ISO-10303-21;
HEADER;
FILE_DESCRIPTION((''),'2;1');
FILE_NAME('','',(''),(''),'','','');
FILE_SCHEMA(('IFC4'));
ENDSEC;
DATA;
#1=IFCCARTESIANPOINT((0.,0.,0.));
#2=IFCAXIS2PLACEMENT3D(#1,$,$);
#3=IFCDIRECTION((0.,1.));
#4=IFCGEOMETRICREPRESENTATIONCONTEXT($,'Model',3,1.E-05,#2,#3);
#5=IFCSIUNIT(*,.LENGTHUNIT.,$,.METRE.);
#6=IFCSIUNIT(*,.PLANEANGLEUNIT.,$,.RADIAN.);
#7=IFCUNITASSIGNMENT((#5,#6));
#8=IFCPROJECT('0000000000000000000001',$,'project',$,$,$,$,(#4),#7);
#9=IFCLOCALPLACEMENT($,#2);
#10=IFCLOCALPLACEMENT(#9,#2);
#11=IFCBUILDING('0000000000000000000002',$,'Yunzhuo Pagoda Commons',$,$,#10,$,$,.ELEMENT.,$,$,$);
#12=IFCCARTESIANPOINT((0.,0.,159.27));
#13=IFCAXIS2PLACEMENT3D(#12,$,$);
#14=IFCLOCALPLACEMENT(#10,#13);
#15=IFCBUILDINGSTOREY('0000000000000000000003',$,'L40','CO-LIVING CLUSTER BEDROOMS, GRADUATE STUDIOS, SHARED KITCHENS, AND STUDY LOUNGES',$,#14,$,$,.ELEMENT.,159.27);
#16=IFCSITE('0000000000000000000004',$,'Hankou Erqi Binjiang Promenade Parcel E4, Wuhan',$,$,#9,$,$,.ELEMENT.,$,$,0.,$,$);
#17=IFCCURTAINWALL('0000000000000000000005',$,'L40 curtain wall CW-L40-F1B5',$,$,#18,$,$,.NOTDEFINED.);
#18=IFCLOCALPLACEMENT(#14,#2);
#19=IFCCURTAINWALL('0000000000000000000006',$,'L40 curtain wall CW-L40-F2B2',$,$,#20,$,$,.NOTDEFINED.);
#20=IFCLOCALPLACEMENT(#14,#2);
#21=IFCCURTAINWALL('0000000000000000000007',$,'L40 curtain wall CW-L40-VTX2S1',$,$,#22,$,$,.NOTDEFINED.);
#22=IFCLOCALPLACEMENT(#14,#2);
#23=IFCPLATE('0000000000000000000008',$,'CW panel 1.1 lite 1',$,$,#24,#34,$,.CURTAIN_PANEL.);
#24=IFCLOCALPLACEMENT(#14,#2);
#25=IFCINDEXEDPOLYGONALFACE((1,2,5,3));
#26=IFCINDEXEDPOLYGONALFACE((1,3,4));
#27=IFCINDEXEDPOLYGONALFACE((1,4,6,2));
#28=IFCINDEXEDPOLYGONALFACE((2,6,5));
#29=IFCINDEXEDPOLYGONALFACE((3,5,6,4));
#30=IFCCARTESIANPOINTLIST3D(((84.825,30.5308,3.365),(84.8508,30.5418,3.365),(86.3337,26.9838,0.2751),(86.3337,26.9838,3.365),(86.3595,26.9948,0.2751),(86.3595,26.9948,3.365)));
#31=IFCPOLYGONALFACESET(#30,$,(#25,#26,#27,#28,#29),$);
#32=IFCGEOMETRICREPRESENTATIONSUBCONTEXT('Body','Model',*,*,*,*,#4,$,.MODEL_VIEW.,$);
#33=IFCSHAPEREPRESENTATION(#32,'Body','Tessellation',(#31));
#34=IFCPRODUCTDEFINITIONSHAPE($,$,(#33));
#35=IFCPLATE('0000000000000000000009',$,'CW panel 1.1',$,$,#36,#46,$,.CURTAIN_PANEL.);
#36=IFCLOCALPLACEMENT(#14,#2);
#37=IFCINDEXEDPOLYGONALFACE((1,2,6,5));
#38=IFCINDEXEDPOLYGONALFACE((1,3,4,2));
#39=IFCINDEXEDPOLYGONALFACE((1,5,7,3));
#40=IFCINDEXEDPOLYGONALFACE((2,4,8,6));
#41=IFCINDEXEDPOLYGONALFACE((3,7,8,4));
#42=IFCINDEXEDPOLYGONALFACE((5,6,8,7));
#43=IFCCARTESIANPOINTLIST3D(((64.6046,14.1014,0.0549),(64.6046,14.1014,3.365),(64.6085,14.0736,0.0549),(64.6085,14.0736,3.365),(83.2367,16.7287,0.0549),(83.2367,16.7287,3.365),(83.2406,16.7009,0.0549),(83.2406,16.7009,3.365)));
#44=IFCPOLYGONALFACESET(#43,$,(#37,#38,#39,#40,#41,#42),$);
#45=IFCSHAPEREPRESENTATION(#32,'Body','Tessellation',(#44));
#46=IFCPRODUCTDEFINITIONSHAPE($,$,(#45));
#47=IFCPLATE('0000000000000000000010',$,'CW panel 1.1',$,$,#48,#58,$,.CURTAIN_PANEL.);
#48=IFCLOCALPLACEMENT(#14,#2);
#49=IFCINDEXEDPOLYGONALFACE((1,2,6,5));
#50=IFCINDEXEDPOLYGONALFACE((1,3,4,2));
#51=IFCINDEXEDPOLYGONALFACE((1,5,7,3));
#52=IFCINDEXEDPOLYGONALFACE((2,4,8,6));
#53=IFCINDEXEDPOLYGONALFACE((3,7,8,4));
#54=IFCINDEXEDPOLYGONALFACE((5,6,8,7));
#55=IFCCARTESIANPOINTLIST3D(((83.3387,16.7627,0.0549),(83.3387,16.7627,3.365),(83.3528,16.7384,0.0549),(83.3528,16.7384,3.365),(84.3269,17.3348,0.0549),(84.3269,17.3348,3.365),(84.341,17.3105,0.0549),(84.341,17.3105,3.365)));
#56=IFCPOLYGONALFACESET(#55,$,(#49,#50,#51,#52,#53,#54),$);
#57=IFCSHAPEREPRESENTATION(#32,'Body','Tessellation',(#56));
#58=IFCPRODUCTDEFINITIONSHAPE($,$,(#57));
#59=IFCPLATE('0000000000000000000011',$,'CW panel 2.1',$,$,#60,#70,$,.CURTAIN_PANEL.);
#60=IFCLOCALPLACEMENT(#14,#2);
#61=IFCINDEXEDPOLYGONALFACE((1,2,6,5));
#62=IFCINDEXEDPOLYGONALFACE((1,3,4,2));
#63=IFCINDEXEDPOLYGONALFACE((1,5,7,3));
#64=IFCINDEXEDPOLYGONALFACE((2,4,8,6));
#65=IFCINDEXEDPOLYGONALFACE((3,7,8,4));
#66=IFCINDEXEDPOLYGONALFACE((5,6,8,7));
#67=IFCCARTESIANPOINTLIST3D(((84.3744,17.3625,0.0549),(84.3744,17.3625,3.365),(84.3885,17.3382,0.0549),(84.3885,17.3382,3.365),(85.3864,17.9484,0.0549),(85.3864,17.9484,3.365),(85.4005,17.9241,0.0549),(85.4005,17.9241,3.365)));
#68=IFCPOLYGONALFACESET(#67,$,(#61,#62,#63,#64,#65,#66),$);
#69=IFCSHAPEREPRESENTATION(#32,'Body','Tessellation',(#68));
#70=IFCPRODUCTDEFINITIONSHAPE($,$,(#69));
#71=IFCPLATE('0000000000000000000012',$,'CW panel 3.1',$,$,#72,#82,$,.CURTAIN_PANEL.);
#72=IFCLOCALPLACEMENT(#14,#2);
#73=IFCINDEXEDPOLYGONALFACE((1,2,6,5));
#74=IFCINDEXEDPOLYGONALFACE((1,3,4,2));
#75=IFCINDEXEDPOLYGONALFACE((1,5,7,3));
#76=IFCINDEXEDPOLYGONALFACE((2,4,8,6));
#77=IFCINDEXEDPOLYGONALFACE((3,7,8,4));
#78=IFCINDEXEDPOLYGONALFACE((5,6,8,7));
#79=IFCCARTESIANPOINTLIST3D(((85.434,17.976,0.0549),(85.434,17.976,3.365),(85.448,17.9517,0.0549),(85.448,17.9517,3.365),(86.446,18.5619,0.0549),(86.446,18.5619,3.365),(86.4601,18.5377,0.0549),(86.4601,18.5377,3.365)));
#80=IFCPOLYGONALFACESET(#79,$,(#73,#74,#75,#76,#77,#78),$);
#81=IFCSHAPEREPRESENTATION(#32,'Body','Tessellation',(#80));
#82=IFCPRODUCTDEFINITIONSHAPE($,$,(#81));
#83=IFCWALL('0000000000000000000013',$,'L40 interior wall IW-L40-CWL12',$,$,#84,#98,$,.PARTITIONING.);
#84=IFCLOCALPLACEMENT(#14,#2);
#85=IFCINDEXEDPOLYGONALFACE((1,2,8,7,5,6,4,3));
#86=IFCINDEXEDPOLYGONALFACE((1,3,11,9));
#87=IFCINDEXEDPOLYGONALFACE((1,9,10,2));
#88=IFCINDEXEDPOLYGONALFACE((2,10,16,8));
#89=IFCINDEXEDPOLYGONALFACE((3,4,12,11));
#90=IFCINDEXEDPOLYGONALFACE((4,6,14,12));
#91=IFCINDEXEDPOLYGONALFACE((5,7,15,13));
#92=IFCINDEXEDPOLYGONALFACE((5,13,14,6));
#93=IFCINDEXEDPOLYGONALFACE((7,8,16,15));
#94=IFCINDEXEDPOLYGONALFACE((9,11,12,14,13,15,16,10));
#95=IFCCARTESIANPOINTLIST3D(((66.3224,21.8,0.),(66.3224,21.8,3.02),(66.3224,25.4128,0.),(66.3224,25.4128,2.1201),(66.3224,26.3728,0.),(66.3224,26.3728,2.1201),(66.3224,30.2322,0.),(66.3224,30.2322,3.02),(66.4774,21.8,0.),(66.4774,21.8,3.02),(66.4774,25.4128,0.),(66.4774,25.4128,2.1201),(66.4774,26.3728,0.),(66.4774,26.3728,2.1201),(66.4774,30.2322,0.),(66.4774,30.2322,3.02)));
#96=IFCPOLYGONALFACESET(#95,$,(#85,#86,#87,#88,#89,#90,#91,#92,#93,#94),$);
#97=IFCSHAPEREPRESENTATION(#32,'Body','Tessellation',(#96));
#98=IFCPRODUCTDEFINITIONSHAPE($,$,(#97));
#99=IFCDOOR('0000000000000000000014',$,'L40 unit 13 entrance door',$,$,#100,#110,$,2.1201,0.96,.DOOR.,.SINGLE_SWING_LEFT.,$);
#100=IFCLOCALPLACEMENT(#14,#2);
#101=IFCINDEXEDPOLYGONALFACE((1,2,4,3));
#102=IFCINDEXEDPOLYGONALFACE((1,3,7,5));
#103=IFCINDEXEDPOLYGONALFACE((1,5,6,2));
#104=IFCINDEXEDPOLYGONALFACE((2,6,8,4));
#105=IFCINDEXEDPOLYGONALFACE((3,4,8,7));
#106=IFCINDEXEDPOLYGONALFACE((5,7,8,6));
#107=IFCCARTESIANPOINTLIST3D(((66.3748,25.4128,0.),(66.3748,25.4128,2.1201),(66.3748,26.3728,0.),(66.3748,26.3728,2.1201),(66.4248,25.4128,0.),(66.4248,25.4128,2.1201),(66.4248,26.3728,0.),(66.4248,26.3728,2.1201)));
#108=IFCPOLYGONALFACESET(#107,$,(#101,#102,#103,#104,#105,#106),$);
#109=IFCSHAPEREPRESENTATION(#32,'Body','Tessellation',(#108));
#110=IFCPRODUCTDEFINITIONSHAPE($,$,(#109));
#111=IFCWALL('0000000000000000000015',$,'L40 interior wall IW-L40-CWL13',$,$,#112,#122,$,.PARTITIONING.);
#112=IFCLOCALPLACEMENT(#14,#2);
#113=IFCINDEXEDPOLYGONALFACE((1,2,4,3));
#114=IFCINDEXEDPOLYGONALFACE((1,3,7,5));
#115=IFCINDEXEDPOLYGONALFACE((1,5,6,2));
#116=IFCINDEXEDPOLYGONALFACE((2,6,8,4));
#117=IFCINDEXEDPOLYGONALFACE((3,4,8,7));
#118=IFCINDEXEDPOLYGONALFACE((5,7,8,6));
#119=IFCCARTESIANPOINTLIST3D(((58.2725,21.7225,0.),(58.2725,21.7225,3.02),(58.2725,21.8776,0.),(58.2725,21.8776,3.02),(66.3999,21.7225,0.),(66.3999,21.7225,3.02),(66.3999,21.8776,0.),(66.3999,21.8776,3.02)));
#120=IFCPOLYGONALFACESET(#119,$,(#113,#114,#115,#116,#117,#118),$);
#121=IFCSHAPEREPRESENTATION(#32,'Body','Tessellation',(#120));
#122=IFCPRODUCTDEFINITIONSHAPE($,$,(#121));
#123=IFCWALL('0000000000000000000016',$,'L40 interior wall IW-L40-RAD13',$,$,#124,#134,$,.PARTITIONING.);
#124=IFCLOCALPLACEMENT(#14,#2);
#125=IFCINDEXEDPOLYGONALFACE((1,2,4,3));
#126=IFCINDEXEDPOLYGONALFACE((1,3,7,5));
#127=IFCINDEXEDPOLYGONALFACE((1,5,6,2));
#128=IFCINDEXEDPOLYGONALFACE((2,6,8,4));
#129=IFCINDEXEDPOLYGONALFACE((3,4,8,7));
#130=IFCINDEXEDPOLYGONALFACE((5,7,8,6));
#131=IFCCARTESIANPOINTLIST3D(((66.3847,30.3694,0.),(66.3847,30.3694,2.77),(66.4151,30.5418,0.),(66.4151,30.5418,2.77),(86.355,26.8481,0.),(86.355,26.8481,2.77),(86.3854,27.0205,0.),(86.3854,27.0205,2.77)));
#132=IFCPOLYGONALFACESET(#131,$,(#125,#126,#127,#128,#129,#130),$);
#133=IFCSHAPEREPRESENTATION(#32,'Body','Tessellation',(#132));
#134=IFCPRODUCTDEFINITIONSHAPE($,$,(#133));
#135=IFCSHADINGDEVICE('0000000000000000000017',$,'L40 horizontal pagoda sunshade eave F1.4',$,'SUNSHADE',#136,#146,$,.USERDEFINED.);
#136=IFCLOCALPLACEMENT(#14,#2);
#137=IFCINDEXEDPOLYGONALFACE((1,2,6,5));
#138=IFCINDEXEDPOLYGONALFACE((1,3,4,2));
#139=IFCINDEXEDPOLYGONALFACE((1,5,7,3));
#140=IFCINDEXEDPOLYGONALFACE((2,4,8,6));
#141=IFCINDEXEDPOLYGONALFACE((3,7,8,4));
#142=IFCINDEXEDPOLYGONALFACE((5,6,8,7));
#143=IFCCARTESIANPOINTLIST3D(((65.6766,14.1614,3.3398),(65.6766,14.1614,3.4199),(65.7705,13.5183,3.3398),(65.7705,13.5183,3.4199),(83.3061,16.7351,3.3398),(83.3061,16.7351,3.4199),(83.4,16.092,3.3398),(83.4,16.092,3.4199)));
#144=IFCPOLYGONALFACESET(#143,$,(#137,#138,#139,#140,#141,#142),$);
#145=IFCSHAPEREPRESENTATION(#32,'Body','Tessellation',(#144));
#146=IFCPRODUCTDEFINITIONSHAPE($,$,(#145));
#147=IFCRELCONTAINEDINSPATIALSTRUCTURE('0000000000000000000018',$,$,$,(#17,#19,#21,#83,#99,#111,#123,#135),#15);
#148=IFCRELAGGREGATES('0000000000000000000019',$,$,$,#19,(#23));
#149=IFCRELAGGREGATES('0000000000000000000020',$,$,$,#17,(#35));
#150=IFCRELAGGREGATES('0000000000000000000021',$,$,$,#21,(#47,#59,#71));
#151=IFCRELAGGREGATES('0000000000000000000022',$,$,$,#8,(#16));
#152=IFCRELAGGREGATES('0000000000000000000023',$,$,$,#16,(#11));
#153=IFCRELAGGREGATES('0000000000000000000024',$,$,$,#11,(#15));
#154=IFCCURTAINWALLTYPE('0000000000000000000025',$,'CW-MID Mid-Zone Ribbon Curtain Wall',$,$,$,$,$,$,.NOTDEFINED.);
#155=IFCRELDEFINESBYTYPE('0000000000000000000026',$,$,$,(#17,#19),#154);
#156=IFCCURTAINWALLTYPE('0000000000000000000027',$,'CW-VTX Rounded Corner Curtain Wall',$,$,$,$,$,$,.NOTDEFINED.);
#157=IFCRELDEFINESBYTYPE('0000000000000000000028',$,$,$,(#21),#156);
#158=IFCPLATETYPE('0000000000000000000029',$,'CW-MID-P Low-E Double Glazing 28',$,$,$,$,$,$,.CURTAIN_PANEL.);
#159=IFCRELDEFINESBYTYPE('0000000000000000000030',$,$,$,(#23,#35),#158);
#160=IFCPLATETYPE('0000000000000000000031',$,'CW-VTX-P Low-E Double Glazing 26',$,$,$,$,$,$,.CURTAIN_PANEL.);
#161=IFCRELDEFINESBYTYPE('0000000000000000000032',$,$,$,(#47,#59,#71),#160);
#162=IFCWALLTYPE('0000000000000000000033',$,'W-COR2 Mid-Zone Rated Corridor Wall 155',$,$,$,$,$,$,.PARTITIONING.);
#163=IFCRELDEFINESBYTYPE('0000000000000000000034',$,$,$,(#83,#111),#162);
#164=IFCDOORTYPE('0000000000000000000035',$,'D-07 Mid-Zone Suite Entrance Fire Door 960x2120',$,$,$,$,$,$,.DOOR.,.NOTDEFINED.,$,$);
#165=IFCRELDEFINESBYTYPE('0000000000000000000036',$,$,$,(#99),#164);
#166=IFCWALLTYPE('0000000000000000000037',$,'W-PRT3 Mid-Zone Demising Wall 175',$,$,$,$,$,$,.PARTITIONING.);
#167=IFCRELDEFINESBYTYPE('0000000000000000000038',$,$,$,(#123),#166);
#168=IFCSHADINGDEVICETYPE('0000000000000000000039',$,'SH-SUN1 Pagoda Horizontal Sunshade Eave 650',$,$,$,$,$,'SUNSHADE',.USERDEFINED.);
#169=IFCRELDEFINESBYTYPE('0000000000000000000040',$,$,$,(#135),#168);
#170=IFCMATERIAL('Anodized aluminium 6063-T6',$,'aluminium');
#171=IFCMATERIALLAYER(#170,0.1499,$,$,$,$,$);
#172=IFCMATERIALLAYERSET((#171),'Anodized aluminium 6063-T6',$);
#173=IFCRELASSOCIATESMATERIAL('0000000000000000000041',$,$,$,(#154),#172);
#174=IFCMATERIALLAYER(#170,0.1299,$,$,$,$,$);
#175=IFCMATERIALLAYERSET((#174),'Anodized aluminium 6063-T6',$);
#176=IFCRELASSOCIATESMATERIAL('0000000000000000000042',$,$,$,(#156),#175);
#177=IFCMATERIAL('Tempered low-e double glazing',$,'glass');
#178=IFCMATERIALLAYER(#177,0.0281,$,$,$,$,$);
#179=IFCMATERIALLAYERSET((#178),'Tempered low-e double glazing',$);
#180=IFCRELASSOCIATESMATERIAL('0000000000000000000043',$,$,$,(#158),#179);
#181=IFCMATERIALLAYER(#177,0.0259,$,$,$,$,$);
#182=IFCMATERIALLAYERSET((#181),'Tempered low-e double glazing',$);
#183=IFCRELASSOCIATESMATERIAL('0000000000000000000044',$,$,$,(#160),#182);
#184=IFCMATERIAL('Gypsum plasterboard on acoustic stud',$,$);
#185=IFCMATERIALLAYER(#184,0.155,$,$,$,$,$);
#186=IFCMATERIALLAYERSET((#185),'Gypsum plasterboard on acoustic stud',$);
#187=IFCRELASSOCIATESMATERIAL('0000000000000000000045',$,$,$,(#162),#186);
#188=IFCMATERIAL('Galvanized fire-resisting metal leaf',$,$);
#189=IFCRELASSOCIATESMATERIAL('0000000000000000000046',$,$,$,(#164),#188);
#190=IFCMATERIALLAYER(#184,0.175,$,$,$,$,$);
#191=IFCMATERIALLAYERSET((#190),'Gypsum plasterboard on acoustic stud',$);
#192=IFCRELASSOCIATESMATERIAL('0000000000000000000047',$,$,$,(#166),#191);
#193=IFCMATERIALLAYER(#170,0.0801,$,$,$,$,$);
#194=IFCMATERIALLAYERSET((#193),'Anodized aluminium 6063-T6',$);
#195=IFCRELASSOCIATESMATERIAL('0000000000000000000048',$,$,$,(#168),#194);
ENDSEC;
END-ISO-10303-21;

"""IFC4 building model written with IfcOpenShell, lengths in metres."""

from ifc_helpers import new_model, si_unit, direction, frame, frame_2d, origin, origin_with_axes, origin_2d, place, context, subcontext, project, spatial, polyline, rectangle, outline, extrude, source, transform, mapped, material, layer, layer_set, type_object, element, fill, aggregate, save


model = new_model("IFC4")

# Units and contexts
model_context = context("Model", 3, precision=1e-05, world=origin(), true_north=direction((0.0, 1.0)))
body_context = subcontext(model_context, "Body", "Model", "MODEL_VIEW")
ifc_project = project(units=[si_unit("LENGTHUNIT", "METRE"), si_unit("PLANEANGLEUNIT", "RADIAN")], contexts=[model_context])

# Site, building, storey
site_placement = place(None, origin())
site = spatial("IfcSite", under=ifc_project, at=site_placement, Name="Hankou Erqi Binjiang Promenade Parcel E4, Wuhan", CompositionType="ELEMENT", RefElevation=0.0)
building_placement = place(site_placement, origin())
building = spatial("IfcBuilding", under=site, at=building_placement, Name="Yunzhuo Pagoda Commons", CompositionType="ELEMENT")
storey_placement = place(building_placement, frame((0.0, 0.0, 159.27)))
storey = spatial("IfcBuildingStorey", under=building, at=storey_placement, Name="L40", Description="CO-LIVING CLUSTER BEDROOMS, GRADUATE STUDIOS, SHARED KITCHENS, AND STUDY LOUNGES", CompositionType="ELEMENT", Elevation=159.27)

# Curtain walls
ifc_material_1 = material(Name="Anodized aluminium 6063-T6", Category="aluminium")
ifc_layer_1 = layer(ifc_material_1, 0.1499)
ifc_layer_set_1 = layer_set([ifc_layer_1], Name="Anodized aluminium 6063-T6")
curtain_wall_type_1 = type_object("IfcCurtainWallType", Name="CW-MID Mid-Zone Ribbon Curtain Wall", PredefinedType="NOTDEFINED", material=ifc_layer_set_1)
curtain_wall_1_placement = place(storey_placement, origin())
curtain_wall_1 = element("IfcCurtainWall", 1, at=curtain_wall_1_placement, inside=storey, type_object=curtain_wall_type_1, Name="L40 curtain wall CW-L40-F1B5", PredefinedType="NOTDEFINED")
curtain_wall_2_placement = place(storey_placement, origin())
curtain_wall_2 = element("IfcCurtainWall", 2, at=curtain_wall_2_placement, inside=storey, type_object=curtain_wall_type_1, Name="L40 curtain wall CW-L40-F2B2", PredefinedType="NOTDEFINED")
ifc_layer_2 = layer(ifc_material_1, 0.1299)
ifc_layer_set_2 = layer_set([ifc_layer_2], Name="Anodized aluminium 6063-T6")
curtain_wall_type_2 = type_object("IfcCurtainWallType", Name="CW-VTX Rounded Corner Curtain Wall", PredefinedType="NOTDEFINED", material=ifc_layer_set_2)
curtain_wall_3_placement = place(storey_placement, origin())
curtain_wall_3 = element("IfcCurtainWall", 3, at=curtain_wall_3_placement, inside=storey, type_object=curtain_wall_type_2, Name="L40 curtain wall CW-L40-VTX2S1", PredefinedType="NOTDEFINED")

# Plates
ifc_material_2 = material(Name="Tempered low-e double glazing", Category="glass")
ifc_layer_3 = layer(ifc_material_2, 0.0281)
ifc_layer_set_3 = layer_set([ifc_layer_3], Name="Tempered low-e double glazing")
plate_type_1 = type_object("IfcPlateType", Name="CW-MID-P Low-E Double Glazing 28", PredefinedType="CURTAIN_PANEL", material=ifc_layer_set_3)
plate_1_placement = place(storey_placement, frame((85.5793, 28.7573, 1.8201), z_axis=(0.920217, 0.391409, 0.0), x_axis=(-0.391409, 0.920217, 0.0)))
plate_1 = element("IfcPlate", 4, at=plate_1_placement, type_object=plate_type_1, Name="CW panel 1.1 lite 1", PredefinedType="CURTAIN_PANEL", context=body_context, shape_type="SweptSolid", body=[
    extrude(outline(polyline([(-1.9272, -1.5449), (1.9272, 1.5449), (-1.9272, 1.5449), (-1.9272, -1.5449)])), origin(), (0.0, 0.0, 1.0), 0.0281),
])
aggregate(curtain_wall_2, [plate_1])
shared_shape_1 = source(origin(), body_context, "Body", "SweptSolid", [
    extrude(rectangle(XDim=18.8164, YDim=0.0281, at=origin_2d()), origin(), (0.0, 0.0, 1.0), 3.3101),
])
plate_2_placement = place(storey_placement, frame((73.9226, 15.4011, 0.0549), z_axis=(0.0, 0.0, 1.0), x_axis=(0.990204, 0.13963, 0.0)))
plate_2 = element("IfcPlate", 5, at=plate_2_placement, type_object=plate_type_1, Name="CW panel 1.1", PredefinedType="CURTAIN_PANEL", context=body_context, shape_type="MappedRepresentation", body=[
    mapped(shared_shape_1, transform((0.0, 0.0, 0.0), scale=1.0)),
])
aggregate(curtain_wall_1, [plate_2])
ifc_layer_4 = layer(ifc_material_2, 0.0259)
ifc_layer_set_4 = layer_set([ifc_layer_4], Name="Tempered low-e double glazing")
plate_type_2 = type_object("IfcPlateType", Name="CW-VTX-P Low-E Double Glazing 26", PredefinedType="CURTAIN_PANEL", material=ifc_layer_set_4)
shared_shape_2 = source(origin(), body_context, "Body", "SweptSolid", [
    extrude(rectangle(XDim=1.1418, YDim=0.0281, at=origin_2d()), origin(), (0.0, 0.0, 1.0), 3.3101),
])
plate_3_placement = place(storey_placement, frame((83.8398, 17.0366, 0.0549), z_axis=(0.0, 0.0, 1.0), x_axis=(0.865427, 0.501035, 0.0)))
plate_3 = element("IfcPlate", 6, at=plate_3_placement, type_object=plate_type_2, Name="CW panel 1.1", PredefinedType="CURTAIN_PANEL", context=body_context, shape_type="MappedRepresentation", body=[
    mapped(shared_shape_2, transform((0.0, 0.0, 0.0), scale=1.0)),
])
shared_shape_3 = source(origin(), body_context, "Body", "SweptSolid", [
    extrude(rectangle(XDim=1.1694, YDim=0.0281, at=origin_2d()), origin(), (0.0, 0.0, 1.0), 3.3101),
])
plate_4_placement = place(storey_placement, frame((84.8875, 17.6433, 0.0549), z_axis=(0.0, 0.0, 1.0), x_axis=(0.865427, 0.501035, 0.0)))
plate_4 = element("IfcPlate", 7, at=plate_4_placement, type_object=plate_type_2, Name="CW panel 2.1", PredefinedType="CURTAIN_PANEL", context=body_context, shape_type="MappedRepresentation", body=[
    mapped(shared_shape_3, transform((0.0, 0.0, 0.0), scale=1.0)),
])
plate_5_placement = place(storey_placement, frame((85.947, 18.2568, 0.0549), z_axis=(0.0, 0.0, 1.0), x_axis=(0.865427, 0.501035, 0.0)))
plate_5 = element("IfcPlate", 8, at=plate_5_placement, type_object=plate_type_2, Name="CW panel 3.1", PredefinedType="CURTAIN_PANEL", context=body_context, shape_type="MappedRepresentation", body=[
    mapped(shared_shape_3, transform((0.0, 0.0, 0.0), scale=1.0)),
])
aggregate(curtain_wall_3, [plate_3, plate_4, plate_5])

# Wall, opening, door
ifc_material_3 = material(Name="Gypsum plasterboard on acoustic stud")
ifc_layer_5 = layer(ifc_material_3, 0.155)
ifc_layer_set_5 = layer_set([ifc_layer_5], Name="Gypsum plasterboard on acoustic stud")
wall_type_1 = type_object("IfcWallType", Name="W-COR2 Mid-Zone Rated Corridor Wall 155", PredefinedType="PARTITIONING", material=ifc_layer_set_5)
wall_1_placement = place(storey_placement, frame((66.3999, 30.2322, 0.0), z_axis=(0.0, 0.0, 1.0), x_axis=(0.0, -1.0, 0.0)))
wall_1 = element("IfcWall", 9, at=wall_1_placement, inside=storey, type_object=wall_type_1, Name="L40 interior wall IW-L40-CWL12", PredefinedType="PARTITIONING", context=body_context, shape_type="SweptSolid", body=[
    extrude(rectangle(XDim=8.4321, YDim=0.155, at=frame_2d((4.2161, 0.0))), origin(), (0.0, 0.0, 1.0), 3.02),
])
opening_placement = place(wall_1_placement, frame((3.8594, 0.0, 0.0)))
opening = element("IfcOpeningElement", 10, at=opening_placement, cuts=wall_1, PredefinedType="OPENING", context=body_context, shape_type="SweptSolid", body=[
    extrude(rectangle(XDim=0.96, YDim=2.1201, at=frame_2d((0.48, 1.0601))), frame((0.0, 0.0874, 0.0), z_axis=(0.0, -1.0, 0.0), x_axis=(1.0, 0.0, 0.0)), (0.0, 0.0, 1.0), 0.175),
])
ifc_material_4 = material(Name="Galvanized fire-resisting metal leaf")
door_type = type_object("IfcDoorType", Name="D-07 Mid-Zone Suite Entrance Fire Door 960x2120", OperationType="NOTDEFINED", PredefinedType="DOOR", material=ifc_material_4)
shared_shape_4 = source(origin(), body_context, "Body", "SweptSolid", [
    extrude(rectangle(XDim=0.96, YDim=2.1201, at=frame_2d((0.48, 1.0601))), frame((0.0, 0.0249, 0.0), z_axis=(0.0, -1.0, 0.0), x_axis=(1.0, 0.0, 0.0)), (0.0, 0.0, 1.0), 0.05),
])
door_placement = place(opening_placement, origin_with_axes())
door = element("IfcDoor", 11, at=door_placement, inside=storey, type_object=door_type, Name="L40 unit 13 entrance door", OperationType="SINGLE_SWING_LEFT", OverallHeight=2.1201, OverallWidth=0.96, PredefinedType="DOOR", context=body_context, shape_type="MappedRepresentation", body=[
    mapped(shared_shape_4, transform((0.0, 0.0, 0.0), scale=1.0)),
])
fill(opening, door)

# Walls
wall_2_placement = place(storey_placement, frame((66.3999, 21.8, 0.0), z_axis=(0.0, 0.0, 1.0), x_axis=(-1.0, 0.0, 0.0)))
element("IfcWall", 12, at=wall_2_placement, inside=storey, type_object=wall_type_1, Name="L40 interior wall IW-L40-CWL13", PredefinedType="PARTITIONING", context=body_context, shape_type="SweptSolid", body=[
    extrude(rectangle(XDim=8.1274, YDim=0.155, at=frame_2d((4.0637, 0.0))), origin(), (0.0, 0.0, 1.0), 3.02),
])
ifc_layer_6 = layer(ifc_material_3, 0.175)
ifc_layer_set_6 = layer_set([ifc_layer_6], Name="Gypsum plasterboard on acoustic stud")
wall_type_2 = type_object("IfcWallType", Name="W-PRT3 Mid-Zone Demising Wall 175", PredefinedType="PARTITIONING", material=ifc_layer_set_6)
wall_3_placement = place(storey_placement, frame((66.3999, 30.4556, 0.0), z_axis=(0.0, 0.0, 1.0), x_axis=(0.984808, -0.173646, 0.0)))
element("IfcWall", 13, at=wall_3_placement, inside=storey, type_object=wall_type_2, Name="L40 interior wall IW-L40-RAD13", PredefinedType="PARTITIONING", context=body_context, shape_type="SweptSolid", body=[
    extrude(rectangle(XDim=20.2783, YDim=0.175, at=frame_2d((10.1392, 0.0))), origin(), (0.0, 0.0, 1.0), 2.77),
])

# Shading device
ifc_layer_7 = layer(ifc_material_1, 0.0801)
ifc_layer_set_7 = layer_set([ifc_layer_7], Name="Anodized aluminium 6063-T6")
shading_device_type = type_object("IfcShadingDeviceType", Name="SH-SUN1 Pagoda Horizontal Sunshade Eave 650", ElementType="SUNSHADE", PredefinedType="USERDEFINED", material=ifc_layer_set_7)
shared_shape_5 = source(origin(), body_context, "Body", "SweptSolid", [
    extrude(rectangle(XDim=17.8164, YDim=0.6499, at=origin_2d()), origin(), (0.0, 0.0, 1.0), 0.0801),
])
shading_device_placement = place(storey_placement, frame((74.5383, 15.1267, 3.3398), z_axis=(0.0, 0.0, 1.0), x_axis=(0.989511, 0.14446, 0.0)))
element("IfcShadingDevice", 14, at=shading_device_placement, inside=storey, type_object=shading_device_type, Name="L40 horizontal pagoda sunshade eave F1.4", ObjectType="SUNSHADE", PredefinedType="USERDEFINED", context=body_context, shape_type="MappedRepresentation", body=[
    mapped(shared_shape_5, transform((0.0, 0.0, 0.0), scale=1.0)),
])

save(model, "model.ifc")
